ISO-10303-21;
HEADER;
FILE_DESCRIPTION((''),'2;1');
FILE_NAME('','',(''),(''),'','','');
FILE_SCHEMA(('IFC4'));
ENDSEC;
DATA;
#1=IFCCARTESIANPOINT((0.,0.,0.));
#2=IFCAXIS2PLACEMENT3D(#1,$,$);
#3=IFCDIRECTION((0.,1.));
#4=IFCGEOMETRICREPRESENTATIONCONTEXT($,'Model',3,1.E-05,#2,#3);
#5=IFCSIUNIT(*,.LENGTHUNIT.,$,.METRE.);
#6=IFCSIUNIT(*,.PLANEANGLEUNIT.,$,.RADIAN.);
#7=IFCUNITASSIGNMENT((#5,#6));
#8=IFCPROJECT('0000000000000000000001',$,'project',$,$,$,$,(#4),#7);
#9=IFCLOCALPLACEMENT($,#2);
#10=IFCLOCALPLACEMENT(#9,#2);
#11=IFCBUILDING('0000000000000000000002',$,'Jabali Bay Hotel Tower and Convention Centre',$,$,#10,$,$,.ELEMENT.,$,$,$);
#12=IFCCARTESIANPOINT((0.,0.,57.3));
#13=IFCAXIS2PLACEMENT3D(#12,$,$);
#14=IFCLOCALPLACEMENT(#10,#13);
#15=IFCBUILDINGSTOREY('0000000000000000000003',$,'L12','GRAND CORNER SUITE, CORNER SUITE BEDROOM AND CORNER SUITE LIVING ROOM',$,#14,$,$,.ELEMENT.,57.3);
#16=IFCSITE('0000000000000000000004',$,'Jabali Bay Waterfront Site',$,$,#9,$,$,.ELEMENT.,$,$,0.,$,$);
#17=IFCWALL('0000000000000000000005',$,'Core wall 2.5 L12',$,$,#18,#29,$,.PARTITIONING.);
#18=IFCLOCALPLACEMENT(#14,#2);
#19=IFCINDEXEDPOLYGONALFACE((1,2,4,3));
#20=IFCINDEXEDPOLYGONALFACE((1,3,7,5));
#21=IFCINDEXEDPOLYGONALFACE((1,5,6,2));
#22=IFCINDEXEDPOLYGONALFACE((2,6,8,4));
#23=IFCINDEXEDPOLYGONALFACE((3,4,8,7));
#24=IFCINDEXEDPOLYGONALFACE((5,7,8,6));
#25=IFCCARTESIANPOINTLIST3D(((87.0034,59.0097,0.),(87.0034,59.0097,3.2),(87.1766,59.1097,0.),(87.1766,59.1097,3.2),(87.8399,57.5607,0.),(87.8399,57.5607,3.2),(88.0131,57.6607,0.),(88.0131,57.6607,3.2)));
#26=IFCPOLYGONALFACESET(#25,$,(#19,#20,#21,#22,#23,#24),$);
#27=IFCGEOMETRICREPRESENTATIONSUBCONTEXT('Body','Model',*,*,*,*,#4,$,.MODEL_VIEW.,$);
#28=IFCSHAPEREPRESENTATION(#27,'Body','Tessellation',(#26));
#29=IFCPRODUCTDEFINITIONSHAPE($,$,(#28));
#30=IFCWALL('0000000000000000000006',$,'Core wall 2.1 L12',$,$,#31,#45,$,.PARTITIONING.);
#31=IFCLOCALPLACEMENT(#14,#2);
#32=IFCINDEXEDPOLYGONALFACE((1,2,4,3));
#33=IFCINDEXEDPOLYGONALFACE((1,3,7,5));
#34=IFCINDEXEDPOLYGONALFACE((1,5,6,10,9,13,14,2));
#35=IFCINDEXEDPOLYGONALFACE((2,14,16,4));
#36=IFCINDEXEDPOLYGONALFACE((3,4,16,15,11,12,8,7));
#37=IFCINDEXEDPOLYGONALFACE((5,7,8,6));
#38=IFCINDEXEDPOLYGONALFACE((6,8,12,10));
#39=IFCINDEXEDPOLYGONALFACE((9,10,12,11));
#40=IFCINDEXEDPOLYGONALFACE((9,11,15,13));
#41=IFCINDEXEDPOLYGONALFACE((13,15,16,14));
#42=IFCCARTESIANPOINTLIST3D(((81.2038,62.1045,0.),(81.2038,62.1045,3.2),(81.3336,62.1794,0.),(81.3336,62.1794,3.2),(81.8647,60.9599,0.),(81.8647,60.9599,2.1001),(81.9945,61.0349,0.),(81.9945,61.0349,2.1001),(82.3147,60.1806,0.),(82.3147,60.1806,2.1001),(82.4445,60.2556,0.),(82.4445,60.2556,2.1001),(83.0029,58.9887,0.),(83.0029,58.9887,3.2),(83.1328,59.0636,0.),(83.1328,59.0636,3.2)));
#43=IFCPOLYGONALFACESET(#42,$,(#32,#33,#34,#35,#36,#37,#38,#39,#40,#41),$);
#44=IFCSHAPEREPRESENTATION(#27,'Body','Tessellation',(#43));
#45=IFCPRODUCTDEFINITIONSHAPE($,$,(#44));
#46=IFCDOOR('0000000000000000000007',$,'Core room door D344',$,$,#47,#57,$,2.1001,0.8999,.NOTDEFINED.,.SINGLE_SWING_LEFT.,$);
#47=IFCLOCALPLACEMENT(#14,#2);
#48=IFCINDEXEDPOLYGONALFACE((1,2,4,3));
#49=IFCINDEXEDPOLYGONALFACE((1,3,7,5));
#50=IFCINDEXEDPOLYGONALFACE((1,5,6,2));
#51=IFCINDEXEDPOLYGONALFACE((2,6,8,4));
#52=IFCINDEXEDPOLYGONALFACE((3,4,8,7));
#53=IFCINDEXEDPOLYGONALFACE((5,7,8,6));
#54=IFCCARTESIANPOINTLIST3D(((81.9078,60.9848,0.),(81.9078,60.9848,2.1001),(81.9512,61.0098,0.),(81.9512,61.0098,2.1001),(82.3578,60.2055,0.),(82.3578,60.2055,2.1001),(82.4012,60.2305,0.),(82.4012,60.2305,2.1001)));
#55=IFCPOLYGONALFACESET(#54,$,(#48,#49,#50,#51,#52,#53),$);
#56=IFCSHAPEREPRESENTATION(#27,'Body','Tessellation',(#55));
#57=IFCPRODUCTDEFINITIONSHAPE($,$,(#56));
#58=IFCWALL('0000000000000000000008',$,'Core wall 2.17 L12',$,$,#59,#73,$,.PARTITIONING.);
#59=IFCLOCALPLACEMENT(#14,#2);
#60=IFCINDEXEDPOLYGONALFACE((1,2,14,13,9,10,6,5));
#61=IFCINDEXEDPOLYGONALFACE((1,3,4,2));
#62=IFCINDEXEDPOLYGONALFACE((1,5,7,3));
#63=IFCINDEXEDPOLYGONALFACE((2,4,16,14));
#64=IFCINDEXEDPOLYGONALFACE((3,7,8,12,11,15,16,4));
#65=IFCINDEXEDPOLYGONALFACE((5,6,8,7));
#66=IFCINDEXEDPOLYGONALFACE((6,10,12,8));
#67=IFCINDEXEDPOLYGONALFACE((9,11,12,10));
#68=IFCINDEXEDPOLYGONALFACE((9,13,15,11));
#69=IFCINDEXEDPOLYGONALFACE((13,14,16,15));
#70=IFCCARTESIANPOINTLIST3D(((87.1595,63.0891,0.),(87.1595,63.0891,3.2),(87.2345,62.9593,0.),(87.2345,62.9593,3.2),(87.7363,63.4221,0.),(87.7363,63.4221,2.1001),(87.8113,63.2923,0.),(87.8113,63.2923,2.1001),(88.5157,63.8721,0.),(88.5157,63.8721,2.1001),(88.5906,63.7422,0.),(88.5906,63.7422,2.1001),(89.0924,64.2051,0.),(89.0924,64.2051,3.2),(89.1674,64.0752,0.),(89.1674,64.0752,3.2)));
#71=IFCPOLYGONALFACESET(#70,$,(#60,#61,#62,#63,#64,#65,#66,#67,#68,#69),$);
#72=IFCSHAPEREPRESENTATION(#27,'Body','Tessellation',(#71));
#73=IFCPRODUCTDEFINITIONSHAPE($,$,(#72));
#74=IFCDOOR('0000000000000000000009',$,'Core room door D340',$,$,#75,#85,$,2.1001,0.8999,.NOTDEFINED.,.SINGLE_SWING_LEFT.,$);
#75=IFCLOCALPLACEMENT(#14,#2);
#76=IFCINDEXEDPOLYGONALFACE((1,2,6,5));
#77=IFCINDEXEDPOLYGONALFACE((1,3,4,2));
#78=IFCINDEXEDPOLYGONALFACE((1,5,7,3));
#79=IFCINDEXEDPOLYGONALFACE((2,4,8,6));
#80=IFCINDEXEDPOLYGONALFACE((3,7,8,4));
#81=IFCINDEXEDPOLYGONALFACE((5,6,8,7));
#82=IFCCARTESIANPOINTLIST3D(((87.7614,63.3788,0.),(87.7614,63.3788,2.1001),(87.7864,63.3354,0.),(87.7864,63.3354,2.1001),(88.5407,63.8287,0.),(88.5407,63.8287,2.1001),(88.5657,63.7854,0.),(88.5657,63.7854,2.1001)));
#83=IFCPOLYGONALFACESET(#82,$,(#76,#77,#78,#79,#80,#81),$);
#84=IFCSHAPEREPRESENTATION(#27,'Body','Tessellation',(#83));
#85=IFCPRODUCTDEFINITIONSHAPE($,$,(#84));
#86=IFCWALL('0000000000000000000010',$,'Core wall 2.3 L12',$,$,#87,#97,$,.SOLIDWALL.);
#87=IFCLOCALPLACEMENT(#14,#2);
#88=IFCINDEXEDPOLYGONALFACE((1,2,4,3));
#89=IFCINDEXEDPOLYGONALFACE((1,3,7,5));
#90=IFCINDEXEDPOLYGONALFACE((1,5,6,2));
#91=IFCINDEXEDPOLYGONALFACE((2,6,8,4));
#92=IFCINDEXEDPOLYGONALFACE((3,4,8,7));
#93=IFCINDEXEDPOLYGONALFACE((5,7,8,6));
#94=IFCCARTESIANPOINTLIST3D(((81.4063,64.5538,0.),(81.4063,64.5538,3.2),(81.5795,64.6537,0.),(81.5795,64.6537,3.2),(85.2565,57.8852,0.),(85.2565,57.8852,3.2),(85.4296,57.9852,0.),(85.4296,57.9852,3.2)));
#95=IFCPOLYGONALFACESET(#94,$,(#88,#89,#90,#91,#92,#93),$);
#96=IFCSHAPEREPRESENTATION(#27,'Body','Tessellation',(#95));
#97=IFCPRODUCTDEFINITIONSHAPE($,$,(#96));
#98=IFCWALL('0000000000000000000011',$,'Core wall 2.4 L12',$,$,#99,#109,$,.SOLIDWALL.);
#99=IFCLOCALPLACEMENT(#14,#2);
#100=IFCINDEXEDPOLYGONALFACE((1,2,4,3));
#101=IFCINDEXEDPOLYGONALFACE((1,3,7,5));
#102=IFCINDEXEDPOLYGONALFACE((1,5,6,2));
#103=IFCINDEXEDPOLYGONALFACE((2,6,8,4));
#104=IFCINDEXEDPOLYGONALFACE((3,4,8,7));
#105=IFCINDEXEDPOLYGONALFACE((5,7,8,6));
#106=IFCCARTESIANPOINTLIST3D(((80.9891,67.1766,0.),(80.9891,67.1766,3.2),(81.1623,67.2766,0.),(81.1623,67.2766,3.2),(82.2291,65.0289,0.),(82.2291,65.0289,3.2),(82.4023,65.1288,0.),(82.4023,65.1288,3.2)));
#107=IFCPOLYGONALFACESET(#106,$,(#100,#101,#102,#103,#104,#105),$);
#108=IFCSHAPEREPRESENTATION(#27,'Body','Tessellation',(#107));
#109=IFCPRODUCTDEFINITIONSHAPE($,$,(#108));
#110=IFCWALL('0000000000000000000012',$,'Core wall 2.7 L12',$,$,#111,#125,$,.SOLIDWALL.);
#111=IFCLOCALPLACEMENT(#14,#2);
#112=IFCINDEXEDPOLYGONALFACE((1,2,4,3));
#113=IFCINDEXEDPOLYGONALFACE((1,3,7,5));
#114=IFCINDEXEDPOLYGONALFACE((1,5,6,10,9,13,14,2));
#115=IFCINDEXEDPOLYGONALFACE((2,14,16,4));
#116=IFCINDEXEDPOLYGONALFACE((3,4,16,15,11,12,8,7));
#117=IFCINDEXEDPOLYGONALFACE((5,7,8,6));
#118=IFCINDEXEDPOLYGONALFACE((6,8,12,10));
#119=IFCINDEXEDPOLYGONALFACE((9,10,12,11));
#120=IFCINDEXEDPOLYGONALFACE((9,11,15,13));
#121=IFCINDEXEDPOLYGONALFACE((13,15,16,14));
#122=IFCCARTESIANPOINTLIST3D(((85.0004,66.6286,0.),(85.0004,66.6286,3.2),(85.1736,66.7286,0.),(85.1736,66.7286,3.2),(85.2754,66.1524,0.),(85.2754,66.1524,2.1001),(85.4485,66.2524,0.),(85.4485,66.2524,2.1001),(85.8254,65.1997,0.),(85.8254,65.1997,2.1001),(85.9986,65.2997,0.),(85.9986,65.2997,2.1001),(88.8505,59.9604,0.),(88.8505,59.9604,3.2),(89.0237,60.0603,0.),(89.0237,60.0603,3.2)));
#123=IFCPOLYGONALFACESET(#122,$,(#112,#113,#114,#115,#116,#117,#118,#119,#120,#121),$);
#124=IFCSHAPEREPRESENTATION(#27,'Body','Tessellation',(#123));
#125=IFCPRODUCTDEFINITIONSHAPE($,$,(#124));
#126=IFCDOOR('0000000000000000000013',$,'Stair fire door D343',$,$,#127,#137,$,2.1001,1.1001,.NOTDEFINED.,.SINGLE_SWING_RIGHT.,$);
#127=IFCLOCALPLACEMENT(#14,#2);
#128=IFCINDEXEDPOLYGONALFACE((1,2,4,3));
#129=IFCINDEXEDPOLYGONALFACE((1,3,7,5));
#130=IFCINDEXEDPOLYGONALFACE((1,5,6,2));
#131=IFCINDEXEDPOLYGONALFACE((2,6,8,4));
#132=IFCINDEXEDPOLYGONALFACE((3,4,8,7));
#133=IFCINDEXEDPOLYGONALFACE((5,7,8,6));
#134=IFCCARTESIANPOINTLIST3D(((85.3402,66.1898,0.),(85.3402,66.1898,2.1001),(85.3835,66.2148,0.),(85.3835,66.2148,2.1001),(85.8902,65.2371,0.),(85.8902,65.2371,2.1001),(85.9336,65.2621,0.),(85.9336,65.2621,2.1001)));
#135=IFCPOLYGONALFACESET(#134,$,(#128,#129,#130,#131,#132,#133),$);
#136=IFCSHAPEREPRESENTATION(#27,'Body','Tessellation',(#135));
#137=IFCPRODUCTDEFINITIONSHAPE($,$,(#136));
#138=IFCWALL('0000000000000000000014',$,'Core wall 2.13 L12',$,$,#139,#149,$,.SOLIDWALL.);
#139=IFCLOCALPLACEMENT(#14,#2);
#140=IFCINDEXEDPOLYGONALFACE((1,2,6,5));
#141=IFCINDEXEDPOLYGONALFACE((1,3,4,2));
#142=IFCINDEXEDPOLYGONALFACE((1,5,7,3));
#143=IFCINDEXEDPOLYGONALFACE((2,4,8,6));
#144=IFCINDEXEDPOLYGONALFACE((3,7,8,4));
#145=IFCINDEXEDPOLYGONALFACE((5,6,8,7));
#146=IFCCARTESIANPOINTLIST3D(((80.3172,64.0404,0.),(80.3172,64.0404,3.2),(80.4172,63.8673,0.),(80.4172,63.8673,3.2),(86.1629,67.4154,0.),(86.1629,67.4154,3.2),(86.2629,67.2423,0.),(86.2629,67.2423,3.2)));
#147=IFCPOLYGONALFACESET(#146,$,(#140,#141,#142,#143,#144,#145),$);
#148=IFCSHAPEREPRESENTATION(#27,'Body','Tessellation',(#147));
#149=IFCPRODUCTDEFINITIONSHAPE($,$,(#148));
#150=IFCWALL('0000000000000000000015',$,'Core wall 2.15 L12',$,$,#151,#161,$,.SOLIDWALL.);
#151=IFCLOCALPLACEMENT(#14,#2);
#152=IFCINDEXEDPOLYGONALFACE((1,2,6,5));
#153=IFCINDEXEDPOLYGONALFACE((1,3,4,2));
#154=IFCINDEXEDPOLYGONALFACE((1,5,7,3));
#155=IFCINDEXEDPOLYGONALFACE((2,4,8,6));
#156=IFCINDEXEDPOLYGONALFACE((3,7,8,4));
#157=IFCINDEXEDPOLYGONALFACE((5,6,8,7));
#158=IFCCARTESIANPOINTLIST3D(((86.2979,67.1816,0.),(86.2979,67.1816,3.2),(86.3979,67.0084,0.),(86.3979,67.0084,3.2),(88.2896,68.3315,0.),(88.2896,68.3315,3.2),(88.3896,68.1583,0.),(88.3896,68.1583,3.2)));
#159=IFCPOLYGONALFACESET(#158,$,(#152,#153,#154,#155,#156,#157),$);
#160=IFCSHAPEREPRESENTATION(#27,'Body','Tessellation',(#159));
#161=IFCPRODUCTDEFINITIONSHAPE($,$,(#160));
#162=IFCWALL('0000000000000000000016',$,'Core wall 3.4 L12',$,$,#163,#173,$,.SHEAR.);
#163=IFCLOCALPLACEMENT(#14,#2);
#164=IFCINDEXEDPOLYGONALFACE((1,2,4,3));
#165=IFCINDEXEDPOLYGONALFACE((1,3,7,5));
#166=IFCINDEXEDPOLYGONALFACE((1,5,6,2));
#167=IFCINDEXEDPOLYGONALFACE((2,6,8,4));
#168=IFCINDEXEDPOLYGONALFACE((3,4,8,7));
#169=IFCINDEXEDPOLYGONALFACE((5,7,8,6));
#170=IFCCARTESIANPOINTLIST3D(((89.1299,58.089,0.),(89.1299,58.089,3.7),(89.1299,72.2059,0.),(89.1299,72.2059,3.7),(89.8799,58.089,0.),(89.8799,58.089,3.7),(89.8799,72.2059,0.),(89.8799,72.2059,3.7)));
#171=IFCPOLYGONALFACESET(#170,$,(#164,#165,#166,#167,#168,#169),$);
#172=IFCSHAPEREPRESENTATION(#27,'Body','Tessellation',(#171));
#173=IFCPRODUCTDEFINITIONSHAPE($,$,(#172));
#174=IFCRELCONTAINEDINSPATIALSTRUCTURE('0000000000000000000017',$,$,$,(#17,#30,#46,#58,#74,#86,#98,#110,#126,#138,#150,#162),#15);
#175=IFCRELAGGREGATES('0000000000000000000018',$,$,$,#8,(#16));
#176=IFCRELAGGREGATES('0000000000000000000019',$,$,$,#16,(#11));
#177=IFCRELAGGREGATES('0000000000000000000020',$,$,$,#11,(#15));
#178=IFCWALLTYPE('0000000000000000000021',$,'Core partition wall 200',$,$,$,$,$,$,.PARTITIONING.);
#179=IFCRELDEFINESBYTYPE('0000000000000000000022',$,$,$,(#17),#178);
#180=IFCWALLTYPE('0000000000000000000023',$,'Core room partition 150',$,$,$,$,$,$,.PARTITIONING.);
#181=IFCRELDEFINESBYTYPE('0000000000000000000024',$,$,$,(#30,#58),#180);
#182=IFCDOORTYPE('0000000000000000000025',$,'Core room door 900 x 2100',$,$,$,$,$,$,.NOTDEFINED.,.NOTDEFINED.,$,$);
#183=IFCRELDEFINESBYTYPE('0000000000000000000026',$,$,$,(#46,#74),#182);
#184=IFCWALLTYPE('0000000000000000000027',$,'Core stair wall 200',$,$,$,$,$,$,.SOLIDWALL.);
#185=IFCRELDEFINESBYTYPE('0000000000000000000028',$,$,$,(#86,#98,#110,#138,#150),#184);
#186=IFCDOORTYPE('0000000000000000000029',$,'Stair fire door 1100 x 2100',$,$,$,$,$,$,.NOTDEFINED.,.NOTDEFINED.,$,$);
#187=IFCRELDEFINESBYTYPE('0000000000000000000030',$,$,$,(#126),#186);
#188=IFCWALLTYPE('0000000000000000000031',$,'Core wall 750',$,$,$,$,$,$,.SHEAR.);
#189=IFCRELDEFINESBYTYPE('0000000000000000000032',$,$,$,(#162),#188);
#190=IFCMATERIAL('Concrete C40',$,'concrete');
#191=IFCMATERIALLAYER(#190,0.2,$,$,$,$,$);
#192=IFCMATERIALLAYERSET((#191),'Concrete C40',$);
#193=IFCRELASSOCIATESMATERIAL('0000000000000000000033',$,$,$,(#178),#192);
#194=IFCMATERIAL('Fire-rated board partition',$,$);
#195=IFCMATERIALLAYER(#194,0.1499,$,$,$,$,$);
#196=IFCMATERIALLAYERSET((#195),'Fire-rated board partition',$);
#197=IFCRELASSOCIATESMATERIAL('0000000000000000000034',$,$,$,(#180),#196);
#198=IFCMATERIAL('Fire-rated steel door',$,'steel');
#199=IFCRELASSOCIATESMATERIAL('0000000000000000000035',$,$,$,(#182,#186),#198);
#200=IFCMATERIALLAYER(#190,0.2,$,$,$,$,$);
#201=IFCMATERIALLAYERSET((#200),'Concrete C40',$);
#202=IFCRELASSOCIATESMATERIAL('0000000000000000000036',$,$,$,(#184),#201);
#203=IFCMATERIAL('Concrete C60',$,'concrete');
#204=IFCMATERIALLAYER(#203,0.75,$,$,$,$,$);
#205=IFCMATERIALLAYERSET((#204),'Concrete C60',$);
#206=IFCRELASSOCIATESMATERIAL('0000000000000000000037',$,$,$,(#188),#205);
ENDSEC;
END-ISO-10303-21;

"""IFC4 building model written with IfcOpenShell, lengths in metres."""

from ifc_helpers import new_model, si_unit, direction, frame, frame_2d, origin, place, context, subcontext, project, spatial, rectangle, extrude, material, layer, layer_set, type_object, element, fill, save


model = new_model("IFC4")

# Units and contexts
model_context = context("Model", 3, precision=1e-05, world=origin(), true_north=direction((0.0, 1.0)))
body_context = subcontext(model_context, "Body", "Model", "MODEL_VIEW")
ifc_project = project(units=[si_unit("LENGTHUNIT", "METRE"), si_unit("PLANEANGLEUNIT", "RADIAN")], contexts=[model_context])

# Site, building, storey
site_placement = place(None, origin())
site = spatial("IfcSite", under=ifc_project, at=site_placement, Name="Jabali Bay Waterfront Site", CompositionType="ELEMENT", RefElevation=0.0)
building_placement = place(site_placement, origin())
building = spatial("IfcBuilding", under=site, at=building_placement, Name="Jabali Bay Hotel Tower and Convention Centre", CompositionType="ELEMENT")
storey_placement = place(building_placement, frame((0.0, 0.0, 57.3)))
storey = spatial("IfcBuildingStorey", under=building, at=storey_placement, Name="L12", Description="GRAND CORNER SUITE, CORNER SUITE BEDROOM AND CORNER SUITE LIVING ROOM", CompositionType="ELEMENT", Elevation=57.3)

# Wall
ifc_material_1 = material(Name="Concrete C40", Category="concrete")
ifc_layer_1 = layer(ifc_material_1, 0.2)
ifc_layer_set_1 = layer_set([ifc_layer_1], Name="Concrete C40")
wall_type_1 = type_object("IfcWallType", Name="Core partition wall 200", PredefinedType="PARTITIONING", material=ifc_layer_set_1)
wall_1_placement = place(storey_placement, frame((87.0901, 59.0596, 0.0), z_axis=(0.0, 0.0, 1.0), x_axis=(0.499937, -0.866062, 0.0)))
element("IfcWall", 1, at=wall_1_placement, inside=storey, type_object=wall_type_1, Name="Core wall 2.5 L12", PredefinedType="PARTITIONING", context=body_context, shape_type="SweptSolid", body=[
    extrude(rectangle(XDim=1.6731, YDim=0.2, at=frame_2d((0.8364, 0.0))), origin(), (0.0, 0.0, 1.0), 3.2),
])

# Walls, openings, doors
ifc_material_2 = material(Name="Fire-rated board partition")
ifc_layer_2 = layer(ifc_material_2, 0.1499)
ifc_layer_set_2 = layer_set([ifc_layer_2], Name="Fire-rated board partition")
wall_type_2 = type_object("IfcWallType", Name="Core room partition 150", PredefinedType="PARTITIONING", material=ifc_layer_set_2)
wall_2_placement = place(storey_placement, frame((81.2688, 62.1418, 0.0), z_axis=(0.0, 0.0, 1.0), x_axis=(0.500044, -0.866, 0.0)))
wall_2 = element("IfcWall", 2, at=wall_2_placement, inside=storey, type_object=wall_type_2, Name="Core wall 2.1 L12", PredefinedType="PARTITIONING", context=body_context, shape_type="SweptSolid", body=[
    extrude(rectangle(XDim=3.5979, YDim=0.1499, at=frame_2d((1.7988, 0.0))), origin(), (0.0, 0.0, 1.0), 3.2),
])
opening_1_placement = place(wall_2_placement, frame((1.3215, 0.0, 0.0)))
opening_1 = element("IfcOpeningElement", 3, at=opening_1_placement, cuts=wall_2, PredefinedType="OPENING", context=body_context, shape_type="SweptSolid", body=[
    extrude(rectangle(XDim=0.8999, YDim=2.1001, at=frame_2d((0.45, 1.05))), frame((0.0, 0.0854, 0.0), z_axis=(0.0, -1.0, 0.0), x_axis=(1.0, 0.0, 0.0)), (0.0, 0.0, 1.0), 0.1709),
])
ifc_material_3 = material(Name="Fire-rated steel door", Category="steel")
door_type_1 = type_object("IfcDoorType", Name="Core room door 900 x 2100", OperationType="NOTDEFINED", PredefinedType="NOTDEFINED", material=ifc_material_3)
door_1_placement = place(opening_1_placement, origin())
door_1 = element("IfcDoor", 4, at=door_1_placement, inside=storey, type_object=door_type_1, Name="Core room door D344", OperationType="SINGLE_SWING_LEFT", OverallHeight=2.1001, OverallWidth=0.8999, PredefinedType="NOTDEFINED", context=body_context, shape_type="SweptSolid", body=[
    extrude(rectangle(XDim=0.8999, YDim=2.1001, at=frame_2d((0.45, 1.05))), frame((0.0, 0.0249, 0.0), z_axis=(0.0, -1.0, 0.0), x_axis=(1.0, 0.0, 0.0)), (0.0, 0.0, 1.0), 0.05),
])
fill(opening_1, door_1)
wall_3_placement = place(storey_placement, frame((87.197, 63.0242, 0.0), z_axis=(0.0, 0.0, 1.0), x_axis=(0.86602, 0.50001, 0.0)))
wall_3 = element("IfcWall", 5, at=wall_3_placement, inside=storey, type_object=wall_type_2, Name="Core wall 2.17 L12", PredefinedType="PARTITIONING", context=body_context, shape_type="SweptSolid", body=[
    extrude(rectangle(XDim=2.2319, YDim=0.1499, at=frame_2d((1.116, 0.0))), origin(), (0.0, 0.0, 1.0), 3.2),
])
opening_2_placement = place(wall_3_placement, frame((0.666, 0.0, 0.0)))
opening_2 = element("IfcOpeningElement", 6, at=opening_2_placement, cuts=wall_3, PredefinedType="OPENING", context=body_context, shape_type="SweptSolid", body=[
    extrude(rectangle(XDim=0.8999, YDim=2.1001, at=frame_2d((0.45, 1.05))), frame((0.0, 0.0854, 0.0), z_axis=(0.0, -1.0, 0.0), x_axis=(1.0, 0.0, 0.0)), (0.0, 0.0, 1.0), 0.1709),
])
door_2_placement = place(opening_2_placement, origin())
door_2 = element("IfcDoor", 7, at=door_2_placement, inside=storey, type_object=door_type_1, Name="Core room door D340", OperationType="SINGLE_SWING_LEFT", OverallHeight=2.1001, OverallWidth=0.8999, PredefinedType="NOTDEFINED", context=body_context, shape_type="SweptSolid", body=[
    extrude(rectangle(XDim=0.8999, YDim=2.1001, at=frame_2d((0.45, 1.05))), frame((0.0, 0.0249, 0.0), z_axis=(0.0, -1.0, 0.0), x_axis=(1.0, 0.0, 0.0)), (0.0, 0.0, 1.0), 0.05),
])
fill(opening_2, door_2)

# Walls
ifc_layer_3 = layer(ifc_material_1, 0.2)
ifc_layer_set_3 = layer_set([ifc_layer_3], Name="Concrete C40")
wall_type_3 = type_object("IfcWallType", Name="Core stair wall 200", PredefinedType="SOLIDWALL", material=ifc_layer_set_3)
wall_4_placement = place(storey_placement, frame((81.4929, 64.6038, 0.0), z_axis=(0.0, 0.0, 1.0), x_axis=(0.500006, -0.866022, 0.0)))
element("IfcWall", 8, at=wall_4_placement, inside=storey, type_object=wall_type_3, Name="Core wall 2.3 L12", PredefinedType="SOLIDWALL", context=body_context, shape_type="SweptSolid", body=[
    extrude(rectangle(XDim=7.7002, YDim=0.2, at=frame_2d((3.8501, 0.0))), origin(), (0.0, 0.0, 1.0), 3.2),
])
wall_5_placement = place(storey_placement, frame((81.0757, 67.2266, 0.0), z_axis=(0.0, 0.0, 1.0), x_axis=(0.500004, -0.866023, 0.0)))
element("IfcWall", 9, at=wall_5_placement, inside=storey, type_object=wall_type_3, Name="Core wall 2.4 L12", PredefinedType="SOLIDWALL", context=body_context, shape_type="SweptSolid", body=[
    extrude(rectangle(XDim=2.48, YDim=0.2, at=frame_2d((1.24, 0.0))), origin(), (0.0, 0.0, 1.0), 3.2),
])

# Wall, opening, door
wall_6_placement = place(storey_placement, frame((85.0869, 66.6787, 0.0), z_axis=(0.0, 0.0, 1.0), x_axis=(0.50002, -0.866014, 0.0)))
wall_6 = element("IfcWall", 10, at=wall_6_placement, inside=storey, type_object=wall_type_3, Name="Core wall 2.7 L12", PredefinedType="SOLIDWALL", context=body_context, shape_type="SweptSolid", body=[
    extrude(rectangle(XDim=7.7, YDim=0.2, at=frame_2d((3.8501, 0.0))), origin(), (0.0, 0.0, 1.0), 3.2),
])
opening_3_placement = place(wall_6_placement, frame((0.55, 0.0, 0.0)))
opening_3 = element("IfcOpeningElement", 11, at=opening_3_placement, cuts=wall_6, PredefinedType="OPENING", context=body_context, shape_type="SweptSolid", body=[
    extrude(rectangle(XDim=1.1001, YDim=2.1001, at=frame_2d((0.55, 1.05))), frame((0.0, 0.1104, 0.0), z_axis=(0.0, -1.0, 0.0), x_axis=(1.0, 0.0, 0.0)), (0.0, 0.0, 1.0), 0.2209),
])
door_type_2 = type_object("IfcDoorType", Name="Stair fire door 1100 x 2100", OperationType="NOTDEFINED", PredefinedType="NOTDEFINED", material=ifc_material_3)
door_3_placement = place(opening_3_placement, origin())
door_3 = element("IfcDoor", 12, at=door_3_placement, inside=storey, type_object=door_type_2, Name="Stair fire door D343", OperationType="SINGLE_SWING_RIGHT", OverallHeight=2.1001, OverallWidth=1.1001, PredefinedType="NOTDEFINED", context=body_context, shape_type="SweptSolid", body=[
    extrude(rectangle(XDim=1.1001, YDim=2.1001, at=frame_2d((0.55, 1.05))), frame((0.0, 0.0249, 0.0), z_axis=(0.0, -1.0, 0.0), x_axis=(1.0, 0.0, 0.0)), (0.0, 0.0, 1.0), 0.05),
])
fill(opening_3, door_3)

# Walls
wall_7_placement = place(storey_placement, frame((80.3672, 63.9539, 0.0), z_axis=(0.0, 0.0, 1.0), x_axis=(0.866027, 0.499998, 0.0)))
element("IfcWall", 13, at=wall_7_placement, inside=storey, type_object=wall_type_3, Name="Core wall 2.13 L12", PredefinedType="SOLIDWALL", context=body_context, shape_type="SweptSolid", body=[
    extrude(rectangle(XDim=6.75, YDim=0.2, at=frame_2d((3.375, 0.0))), origin(), (0.0, 0.0, 1.0), 3.2),
])
wall_8_placement = place(storey_placement, frame((86.3479, 67.095, 0.0), z_axis=(0.0, 0.0, 1.0), x_axis=(0.866026, 0.499998, 0.0)))
element("IfcWall", 14, at=wall_8_placement, inside=storey, type_object=wall_type_3, Name="Core wall 2.15 L12", PredefinedType="SOLIDWALL", context=body_context, shape_type="SweptSolid", body=[
    extrude(rectangle(XDim=2.2998, YDim=0.2, at=frame_2d((1.1499, 0.0))), origin(), (0.0, 0.0, 1.0), 3.2),
])
ifc_material_4 = material(Name="Concrete C60", Category="concrete")
ifc_layer_4 = layer(ifc_material_4, 0.75)
ifc_layer_set_4 = layer_set([ifc_layer_4], Name="Concrete C60")
wall_type_4 = type_object("IfcWallType", Name="Core wall 750", PredefinedType="SHEAR", material=ifc_layer_set_4)
wall_9_placement = place(storey_placement, frame((89.5049, 58.0889, 0.0), z_axis=(0.0, 0.0, 1.0), x_axis=(0.0, 1.0, 0.0)))
element("IfcWall", 15, at=wall_9_placement, inside=storey, type_object=wall_type_4, Name="Core wall 3.4 L12", PredefinedType="SHEAR", context=body_context, shape_type="SweptSolid", body=[
    extrude(rectangle(XDim=14.1169, YDim=0.75, at=frame_2d((7.0586, 0.0))), origin(), (0.0, 0.0, 1.0), 3.7),
])

save(model, "model.ifc")
